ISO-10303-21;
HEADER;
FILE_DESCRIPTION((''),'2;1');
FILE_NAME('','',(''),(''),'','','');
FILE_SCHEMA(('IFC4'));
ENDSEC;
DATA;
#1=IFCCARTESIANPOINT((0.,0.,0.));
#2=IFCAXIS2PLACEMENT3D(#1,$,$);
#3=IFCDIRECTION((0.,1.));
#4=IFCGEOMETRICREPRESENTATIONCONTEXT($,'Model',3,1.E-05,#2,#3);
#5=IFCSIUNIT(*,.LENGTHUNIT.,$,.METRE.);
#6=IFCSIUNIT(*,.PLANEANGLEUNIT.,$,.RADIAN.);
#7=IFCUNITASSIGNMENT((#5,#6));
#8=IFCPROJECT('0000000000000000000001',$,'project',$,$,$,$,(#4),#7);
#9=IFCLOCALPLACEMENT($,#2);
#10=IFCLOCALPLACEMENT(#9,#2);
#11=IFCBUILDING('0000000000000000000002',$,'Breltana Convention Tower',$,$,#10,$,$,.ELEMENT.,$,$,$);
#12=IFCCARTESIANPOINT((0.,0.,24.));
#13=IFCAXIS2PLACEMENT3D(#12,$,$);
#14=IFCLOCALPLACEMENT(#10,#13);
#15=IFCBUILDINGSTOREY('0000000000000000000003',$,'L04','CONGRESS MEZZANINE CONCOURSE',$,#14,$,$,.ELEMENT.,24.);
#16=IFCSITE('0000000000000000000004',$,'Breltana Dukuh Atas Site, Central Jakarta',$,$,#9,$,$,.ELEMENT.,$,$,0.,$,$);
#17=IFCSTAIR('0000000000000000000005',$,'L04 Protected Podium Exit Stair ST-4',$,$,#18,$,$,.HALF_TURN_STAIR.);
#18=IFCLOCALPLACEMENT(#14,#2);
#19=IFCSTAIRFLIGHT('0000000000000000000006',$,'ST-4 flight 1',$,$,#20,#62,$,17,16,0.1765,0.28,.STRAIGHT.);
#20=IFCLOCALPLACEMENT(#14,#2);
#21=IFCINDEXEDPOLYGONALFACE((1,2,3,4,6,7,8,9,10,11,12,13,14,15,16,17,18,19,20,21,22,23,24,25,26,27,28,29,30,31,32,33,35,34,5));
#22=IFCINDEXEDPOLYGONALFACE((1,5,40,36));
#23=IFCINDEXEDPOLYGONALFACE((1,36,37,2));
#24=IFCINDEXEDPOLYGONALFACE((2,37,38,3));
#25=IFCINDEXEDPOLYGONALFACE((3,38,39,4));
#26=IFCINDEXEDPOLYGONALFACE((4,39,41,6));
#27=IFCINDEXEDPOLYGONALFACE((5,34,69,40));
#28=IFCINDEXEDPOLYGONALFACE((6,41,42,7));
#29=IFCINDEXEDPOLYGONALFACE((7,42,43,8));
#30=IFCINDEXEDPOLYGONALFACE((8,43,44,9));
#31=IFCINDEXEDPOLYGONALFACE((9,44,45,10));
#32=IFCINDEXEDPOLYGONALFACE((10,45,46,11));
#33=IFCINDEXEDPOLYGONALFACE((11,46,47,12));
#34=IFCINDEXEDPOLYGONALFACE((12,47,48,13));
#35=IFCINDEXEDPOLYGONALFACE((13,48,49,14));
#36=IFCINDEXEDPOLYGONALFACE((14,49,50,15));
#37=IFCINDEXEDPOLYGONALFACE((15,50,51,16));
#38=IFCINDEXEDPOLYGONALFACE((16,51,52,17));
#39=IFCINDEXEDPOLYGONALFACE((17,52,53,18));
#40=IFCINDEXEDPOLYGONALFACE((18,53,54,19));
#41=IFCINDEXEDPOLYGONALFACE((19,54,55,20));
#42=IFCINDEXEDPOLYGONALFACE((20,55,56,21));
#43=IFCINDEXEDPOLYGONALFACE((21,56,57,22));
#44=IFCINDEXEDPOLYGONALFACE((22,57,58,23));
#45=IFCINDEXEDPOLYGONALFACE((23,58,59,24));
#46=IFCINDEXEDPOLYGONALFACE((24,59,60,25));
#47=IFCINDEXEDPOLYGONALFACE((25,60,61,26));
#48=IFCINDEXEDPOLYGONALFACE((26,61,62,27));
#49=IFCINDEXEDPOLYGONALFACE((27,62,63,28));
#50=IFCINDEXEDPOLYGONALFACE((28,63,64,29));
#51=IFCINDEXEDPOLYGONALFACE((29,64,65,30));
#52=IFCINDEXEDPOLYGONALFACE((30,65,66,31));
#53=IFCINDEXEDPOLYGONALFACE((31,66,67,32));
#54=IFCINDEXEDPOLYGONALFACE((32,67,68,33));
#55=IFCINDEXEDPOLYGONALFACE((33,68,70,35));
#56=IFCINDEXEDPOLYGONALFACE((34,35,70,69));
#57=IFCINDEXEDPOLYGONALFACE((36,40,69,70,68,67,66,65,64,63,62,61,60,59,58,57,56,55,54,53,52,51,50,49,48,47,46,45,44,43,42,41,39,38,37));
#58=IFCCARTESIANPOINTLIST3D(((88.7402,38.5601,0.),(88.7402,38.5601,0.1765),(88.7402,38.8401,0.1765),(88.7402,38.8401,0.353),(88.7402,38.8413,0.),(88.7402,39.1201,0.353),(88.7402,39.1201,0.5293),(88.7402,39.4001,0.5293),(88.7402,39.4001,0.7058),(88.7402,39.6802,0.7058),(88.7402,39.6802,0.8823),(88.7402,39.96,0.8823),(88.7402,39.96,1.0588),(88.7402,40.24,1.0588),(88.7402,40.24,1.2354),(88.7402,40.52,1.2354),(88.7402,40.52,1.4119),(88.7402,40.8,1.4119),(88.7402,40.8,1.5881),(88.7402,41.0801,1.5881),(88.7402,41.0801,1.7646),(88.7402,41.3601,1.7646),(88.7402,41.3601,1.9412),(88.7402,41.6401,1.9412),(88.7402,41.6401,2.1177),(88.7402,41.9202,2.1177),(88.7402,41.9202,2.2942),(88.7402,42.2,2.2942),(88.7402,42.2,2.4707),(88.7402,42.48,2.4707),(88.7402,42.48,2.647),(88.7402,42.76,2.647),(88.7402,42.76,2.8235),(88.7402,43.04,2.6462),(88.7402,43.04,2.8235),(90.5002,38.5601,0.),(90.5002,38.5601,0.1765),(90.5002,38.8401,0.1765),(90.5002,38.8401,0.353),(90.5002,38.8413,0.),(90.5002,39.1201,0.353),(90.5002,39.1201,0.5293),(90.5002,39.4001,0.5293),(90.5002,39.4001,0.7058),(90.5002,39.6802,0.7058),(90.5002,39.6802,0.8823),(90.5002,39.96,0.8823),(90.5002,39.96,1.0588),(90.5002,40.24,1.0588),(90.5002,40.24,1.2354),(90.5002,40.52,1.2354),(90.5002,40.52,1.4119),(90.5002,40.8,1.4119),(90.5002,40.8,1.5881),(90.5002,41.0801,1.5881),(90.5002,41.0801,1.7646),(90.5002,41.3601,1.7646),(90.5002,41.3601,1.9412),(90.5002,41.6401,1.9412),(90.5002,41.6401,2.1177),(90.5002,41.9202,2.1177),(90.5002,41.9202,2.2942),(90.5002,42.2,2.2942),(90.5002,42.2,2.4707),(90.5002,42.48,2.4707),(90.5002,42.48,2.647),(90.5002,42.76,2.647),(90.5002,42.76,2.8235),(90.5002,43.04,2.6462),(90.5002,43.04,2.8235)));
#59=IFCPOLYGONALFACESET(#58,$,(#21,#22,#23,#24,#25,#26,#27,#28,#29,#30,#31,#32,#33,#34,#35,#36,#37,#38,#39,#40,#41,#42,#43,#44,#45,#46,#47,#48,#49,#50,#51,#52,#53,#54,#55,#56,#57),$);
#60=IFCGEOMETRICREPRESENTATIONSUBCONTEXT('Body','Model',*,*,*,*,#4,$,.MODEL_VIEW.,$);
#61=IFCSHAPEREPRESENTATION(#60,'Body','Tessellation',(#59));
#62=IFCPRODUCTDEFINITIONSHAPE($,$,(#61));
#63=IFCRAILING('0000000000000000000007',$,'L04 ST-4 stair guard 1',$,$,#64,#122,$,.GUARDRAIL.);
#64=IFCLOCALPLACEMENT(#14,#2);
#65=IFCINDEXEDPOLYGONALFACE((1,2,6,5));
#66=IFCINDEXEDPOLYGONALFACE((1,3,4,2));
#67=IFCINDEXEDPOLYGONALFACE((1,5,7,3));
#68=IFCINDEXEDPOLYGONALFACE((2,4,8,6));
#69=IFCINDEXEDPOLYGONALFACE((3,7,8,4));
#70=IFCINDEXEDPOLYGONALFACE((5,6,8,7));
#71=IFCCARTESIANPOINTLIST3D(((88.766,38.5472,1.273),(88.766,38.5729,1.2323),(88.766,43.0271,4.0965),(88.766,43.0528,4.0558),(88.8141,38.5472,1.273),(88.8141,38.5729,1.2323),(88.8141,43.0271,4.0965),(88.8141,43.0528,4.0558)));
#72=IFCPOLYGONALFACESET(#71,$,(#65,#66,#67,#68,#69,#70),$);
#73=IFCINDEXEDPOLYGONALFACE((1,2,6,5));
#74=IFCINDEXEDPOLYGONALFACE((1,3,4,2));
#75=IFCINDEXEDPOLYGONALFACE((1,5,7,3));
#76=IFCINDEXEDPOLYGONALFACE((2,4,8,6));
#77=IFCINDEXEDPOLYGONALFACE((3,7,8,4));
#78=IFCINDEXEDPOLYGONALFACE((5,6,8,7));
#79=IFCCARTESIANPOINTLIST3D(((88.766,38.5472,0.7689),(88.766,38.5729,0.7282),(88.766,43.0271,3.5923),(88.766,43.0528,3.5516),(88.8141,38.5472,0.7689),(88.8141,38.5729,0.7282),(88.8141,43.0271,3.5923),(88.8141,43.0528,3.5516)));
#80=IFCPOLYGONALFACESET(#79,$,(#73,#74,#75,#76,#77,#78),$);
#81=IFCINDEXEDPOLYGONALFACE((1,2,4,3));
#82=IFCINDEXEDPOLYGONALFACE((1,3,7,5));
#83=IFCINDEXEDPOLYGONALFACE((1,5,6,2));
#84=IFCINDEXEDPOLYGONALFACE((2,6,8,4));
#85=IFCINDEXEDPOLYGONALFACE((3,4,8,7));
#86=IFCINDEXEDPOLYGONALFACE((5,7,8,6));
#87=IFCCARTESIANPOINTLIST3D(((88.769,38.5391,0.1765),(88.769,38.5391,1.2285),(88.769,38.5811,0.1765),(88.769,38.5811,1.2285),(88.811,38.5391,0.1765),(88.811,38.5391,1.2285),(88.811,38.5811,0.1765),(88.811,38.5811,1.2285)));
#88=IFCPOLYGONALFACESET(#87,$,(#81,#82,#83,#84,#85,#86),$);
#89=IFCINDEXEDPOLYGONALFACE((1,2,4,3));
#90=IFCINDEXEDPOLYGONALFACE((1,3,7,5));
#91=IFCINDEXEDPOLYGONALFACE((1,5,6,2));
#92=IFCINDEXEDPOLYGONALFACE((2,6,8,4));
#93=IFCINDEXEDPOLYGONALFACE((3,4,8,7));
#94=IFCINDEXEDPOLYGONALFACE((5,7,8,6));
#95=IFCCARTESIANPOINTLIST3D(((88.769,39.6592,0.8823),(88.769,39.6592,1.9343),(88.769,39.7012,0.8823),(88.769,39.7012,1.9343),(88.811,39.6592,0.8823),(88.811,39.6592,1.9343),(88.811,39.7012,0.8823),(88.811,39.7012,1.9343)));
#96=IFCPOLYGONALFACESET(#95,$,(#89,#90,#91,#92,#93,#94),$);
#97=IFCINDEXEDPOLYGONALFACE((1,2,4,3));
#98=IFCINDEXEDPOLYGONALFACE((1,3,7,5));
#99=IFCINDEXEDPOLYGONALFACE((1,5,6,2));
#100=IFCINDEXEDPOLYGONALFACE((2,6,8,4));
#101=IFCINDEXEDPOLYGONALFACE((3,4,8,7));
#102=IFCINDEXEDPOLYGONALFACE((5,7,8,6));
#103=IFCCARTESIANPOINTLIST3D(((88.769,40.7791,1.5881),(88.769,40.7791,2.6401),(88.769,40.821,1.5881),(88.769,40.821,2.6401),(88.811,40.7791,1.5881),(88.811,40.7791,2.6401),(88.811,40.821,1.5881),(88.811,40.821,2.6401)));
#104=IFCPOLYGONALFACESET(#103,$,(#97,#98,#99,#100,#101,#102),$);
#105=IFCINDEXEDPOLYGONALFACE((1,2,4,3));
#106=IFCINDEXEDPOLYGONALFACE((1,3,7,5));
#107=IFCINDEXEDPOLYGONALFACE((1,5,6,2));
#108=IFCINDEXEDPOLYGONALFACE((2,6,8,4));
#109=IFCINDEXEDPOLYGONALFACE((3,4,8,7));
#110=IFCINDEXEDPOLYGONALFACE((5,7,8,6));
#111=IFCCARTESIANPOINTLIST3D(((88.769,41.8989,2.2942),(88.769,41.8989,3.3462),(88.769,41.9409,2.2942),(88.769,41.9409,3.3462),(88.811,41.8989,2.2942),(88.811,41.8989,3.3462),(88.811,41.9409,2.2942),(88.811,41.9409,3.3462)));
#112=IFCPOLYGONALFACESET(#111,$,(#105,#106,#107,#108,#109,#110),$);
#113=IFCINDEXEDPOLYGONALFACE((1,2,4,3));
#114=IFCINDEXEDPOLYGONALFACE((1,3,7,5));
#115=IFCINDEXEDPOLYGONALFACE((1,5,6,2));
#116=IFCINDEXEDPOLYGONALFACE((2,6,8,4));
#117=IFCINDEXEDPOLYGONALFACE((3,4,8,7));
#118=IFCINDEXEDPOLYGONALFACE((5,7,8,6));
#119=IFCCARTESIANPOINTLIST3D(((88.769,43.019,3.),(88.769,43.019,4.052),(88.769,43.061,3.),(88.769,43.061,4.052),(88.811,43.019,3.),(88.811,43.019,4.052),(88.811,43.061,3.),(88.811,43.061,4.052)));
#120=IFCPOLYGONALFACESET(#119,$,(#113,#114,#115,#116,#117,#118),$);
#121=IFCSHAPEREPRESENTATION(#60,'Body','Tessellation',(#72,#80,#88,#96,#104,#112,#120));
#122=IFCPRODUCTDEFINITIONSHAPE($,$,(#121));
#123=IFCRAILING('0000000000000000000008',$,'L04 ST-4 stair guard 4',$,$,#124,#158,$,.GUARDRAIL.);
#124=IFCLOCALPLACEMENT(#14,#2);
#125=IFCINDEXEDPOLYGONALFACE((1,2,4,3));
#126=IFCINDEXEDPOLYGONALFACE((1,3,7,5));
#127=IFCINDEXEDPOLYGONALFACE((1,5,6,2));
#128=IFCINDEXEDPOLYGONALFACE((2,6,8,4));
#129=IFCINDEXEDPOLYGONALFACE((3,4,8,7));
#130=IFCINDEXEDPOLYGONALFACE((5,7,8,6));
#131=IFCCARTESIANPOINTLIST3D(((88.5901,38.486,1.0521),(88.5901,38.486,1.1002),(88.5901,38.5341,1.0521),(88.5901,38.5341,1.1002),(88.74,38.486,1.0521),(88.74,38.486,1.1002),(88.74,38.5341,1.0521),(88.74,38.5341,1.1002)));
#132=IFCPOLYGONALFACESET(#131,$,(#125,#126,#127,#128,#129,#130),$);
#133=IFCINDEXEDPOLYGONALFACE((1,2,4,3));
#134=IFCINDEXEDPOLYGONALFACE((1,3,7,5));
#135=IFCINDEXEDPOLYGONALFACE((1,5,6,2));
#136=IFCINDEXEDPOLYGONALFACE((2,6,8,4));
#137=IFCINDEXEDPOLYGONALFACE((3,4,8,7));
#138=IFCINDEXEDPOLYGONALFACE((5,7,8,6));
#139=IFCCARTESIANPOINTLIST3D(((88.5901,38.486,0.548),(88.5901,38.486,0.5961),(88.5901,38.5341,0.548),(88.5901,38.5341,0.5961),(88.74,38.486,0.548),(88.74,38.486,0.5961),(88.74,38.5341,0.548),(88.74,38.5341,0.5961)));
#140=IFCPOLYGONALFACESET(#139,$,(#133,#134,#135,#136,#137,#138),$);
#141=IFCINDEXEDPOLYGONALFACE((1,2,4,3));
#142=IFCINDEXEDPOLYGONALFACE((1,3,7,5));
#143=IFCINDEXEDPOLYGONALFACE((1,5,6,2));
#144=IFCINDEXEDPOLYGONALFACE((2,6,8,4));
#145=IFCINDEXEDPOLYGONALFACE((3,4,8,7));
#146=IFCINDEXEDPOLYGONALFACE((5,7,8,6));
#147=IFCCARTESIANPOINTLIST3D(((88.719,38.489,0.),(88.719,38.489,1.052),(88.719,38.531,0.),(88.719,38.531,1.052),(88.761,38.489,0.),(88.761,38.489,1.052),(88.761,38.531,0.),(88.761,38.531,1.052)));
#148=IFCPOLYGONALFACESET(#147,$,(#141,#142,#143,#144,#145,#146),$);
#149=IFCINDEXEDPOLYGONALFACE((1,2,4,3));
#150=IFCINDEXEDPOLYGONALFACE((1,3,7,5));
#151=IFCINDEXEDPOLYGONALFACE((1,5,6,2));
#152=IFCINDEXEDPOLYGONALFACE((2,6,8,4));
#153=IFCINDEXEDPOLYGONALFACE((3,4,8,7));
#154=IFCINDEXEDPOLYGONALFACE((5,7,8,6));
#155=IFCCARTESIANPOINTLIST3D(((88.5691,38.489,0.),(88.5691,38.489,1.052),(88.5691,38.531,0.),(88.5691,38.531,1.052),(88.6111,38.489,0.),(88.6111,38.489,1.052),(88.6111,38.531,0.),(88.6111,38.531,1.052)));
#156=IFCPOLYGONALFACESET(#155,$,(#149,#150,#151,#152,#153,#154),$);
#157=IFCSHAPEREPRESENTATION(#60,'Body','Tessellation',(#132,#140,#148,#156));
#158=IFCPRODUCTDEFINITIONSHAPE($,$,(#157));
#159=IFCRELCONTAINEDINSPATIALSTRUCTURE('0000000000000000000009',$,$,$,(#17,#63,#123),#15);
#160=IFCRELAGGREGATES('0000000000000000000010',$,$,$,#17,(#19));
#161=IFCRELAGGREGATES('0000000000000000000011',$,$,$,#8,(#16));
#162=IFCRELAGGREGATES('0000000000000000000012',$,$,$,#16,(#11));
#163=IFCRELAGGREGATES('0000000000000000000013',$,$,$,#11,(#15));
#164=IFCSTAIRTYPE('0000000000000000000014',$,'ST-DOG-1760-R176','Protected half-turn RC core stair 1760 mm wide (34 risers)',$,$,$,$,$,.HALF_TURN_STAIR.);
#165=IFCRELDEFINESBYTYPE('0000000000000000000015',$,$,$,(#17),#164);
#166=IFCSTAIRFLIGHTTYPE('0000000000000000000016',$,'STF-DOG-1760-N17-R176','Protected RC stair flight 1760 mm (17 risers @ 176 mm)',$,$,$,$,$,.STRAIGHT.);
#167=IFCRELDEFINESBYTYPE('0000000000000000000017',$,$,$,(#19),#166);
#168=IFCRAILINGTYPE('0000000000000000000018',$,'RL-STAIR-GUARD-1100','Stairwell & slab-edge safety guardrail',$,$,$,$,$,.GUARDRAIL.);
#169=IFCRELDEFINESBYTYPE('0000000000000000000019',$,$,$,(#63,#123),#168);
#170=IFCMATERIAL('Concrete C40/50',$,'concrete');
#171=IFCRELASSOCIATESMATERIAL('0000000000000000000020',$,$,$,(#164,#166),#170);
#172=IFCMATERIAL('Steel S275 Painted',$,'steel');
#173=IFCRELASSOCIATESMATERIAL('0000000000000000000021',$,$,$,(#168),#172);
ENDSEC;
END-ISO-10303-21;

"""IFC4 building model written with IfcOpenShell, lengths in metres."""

from ifc_helpers import new_model, si_unit, direction, frame, origin, origin_2d, place, context, subcontext, project, spatial, polyline, rectangle, outline, extrude, material, type_object, element, aggregate, save


model = new_model("IFC4")

# Units and contexts
model_context = context("Model", 3, precision=1e-05, world=origin(), true_north=direction((0.0, 1.0)))
body_context = subcontext(model_context, "Body", "Model", "MODEL_VIEW")
ifc_project = project(units=[si_unit("LENGTHUNIT", "METRE"), si_unit("PLANEANGLEUNIT", "RADIAN")], contexts=[model_context])

# Site, building, storey
site_placement = place(None, origin())
site = spatial("IfcSite", under=ifc_project, at=site_placement, Name="Breltana Dukuh Atas Site, Central Jakarta", CompositionType="ELEMENT", RefElevation=0.0)
building_placement = place(site_placement, origin())
building = spatial("IfcBuilding", under=site, at=building_placement, Name="Breltana Convention Tower", CompositionType="ELEMENT")
storey_placement = place(building_placement, frame((0.0, 0.0, 24.0)))
storey = spatial("IfcBuildingStorey", under=building, at=storey_placement, Name="L04", Description="CONGRESS MEZZANINE CONCOURSE", CompositionType="ELEMENT", Elevation=24.0)

# Shared definitions
ifc_material_1 = material(Name="Concrete C40/50", Category="concrete")

# Stair, stair flight
stair_type = type_object("IfcStairType", Name="ST-DOG-1760-R176", Description="Protected half-turn RC core stair 1760 mm wide (34 risers)", PredefinedType="HALF_TURN_STAIR", material=ifc_material_1)
stair_placement = place(storey_placement, origin())
stair = element("IfcStair", 1, at=stair_placement, inside=storey, type_object=stair_type, Name="L04 Protected Podium Exit Stair ST-4", PredefinedType="HALF_TURN_STAIR")
stair_flight_type = type_object("IfcStairFlightType", Name="STF-DOG-1760-N17-R176", Description="Protected RC stair flight 1760 mm (17 risers @ 176 mm)", PredefinedType="STRAIGHT", material=ifc_material_1)
stair_flight_placement = place(storey_placement, frame((89.6201, 38.5601, 0.0), z_axis=(0.0, 0.0, 1.0), x_axis=(0.0, 1.0, 0.0)))
stair_flight = element("IfcStairFlight", 2, at=stair_flight_placement, type_object=stair_flight_type, Name="ST-4 flight 1", NumberOfRisers=17, NumberOfTreads=16, PredefinedType="STRAIGHT", RiserHeight=0.1765, TreadLength=0.28, context=body_context, shape_type="SweptSolid", body=[
    extrude(outline(polyline([(0.0, 0.0), (0.0, 0.1765), (0.28, 0.1765), (0.28, 0.353), (0.5601, 0.353), (0.5601, 0.5293), (0.8401, 0.5293), (0.8401, 0.7058), (1.1201, 0.7058), (1.1201, 0.8823), (1.3999, 0.8823), (1.3999, 1.0588), (1.6799, 1.0588), (1.6799, 1.2354), (1.96, 1.2354), (1.96, 1.4119), (2.24, 1.4119), (2.24, 1.5881), (2.52, 1.5881), (2.52, 1.7646), (2.8, 1.7646), (2.8, 1.9412), (3.0801, 1.9412), (3.0801, 2.1177), (3.3601, 2.1177), (3.3601, 2.2942), (3.6399, 2.2942), (3.6399, 2.4707), (3.9199, 2.4707), (3.9199, 2.647), (4.2, 2.647), (4.2, 2.8235), (4.48, 2.8235), (4.48, 3.0), (4.48, 2.6462), (0.2812, 0.0), (0.0, 0.0)])), frame((0.0, 0.8799, 0.0), z_axis=(0.0, -1.0, 0.0), x_axis=(1.0, 0.0, 0.0)), (0.0, 0.0, 1.0), 1.76),
])
aggregate(stair, [stair_flight])

# Railings
ifc_material_2 = material(Name="Steel S275 Painted", Category="steel")
railing_type = type_object("IfcRailingType", Name="RL-STAIR-GUARD-1100", Description="Stairwell & slab-edge safety guardrail", PredefinedType="GUARDRAIL", material=ifc_material_2)
railing_1_placement = place(storey_placement, frame((88.79, 38.5601, 0.1765)))
element("IfcRailing", 3, at=railing_1_placement, inside=storey, type_object=railing_type, Name="L04 ST-4 stair guard 1", PredefinedType="GUARDRAIL", context=body_context, shape_type="SweptSolid", body=[
    extrude(rectangle(XDim=0.0481, YDim=0.0481, at=origin_2d()), frame((0.0, 0.0, 1.0762), z_axis=(0.0, 0.845998, 0.533186), x_axis=(-1.0, 0.0, 0.0)), (0.0, 0.0, 1.0), 5.2954),
    extrude(rectangle(XDim=0.0481, YDim=0.0481, at=origin_2d()), frame((0.0, 0.0, 0.572), z_axis=(0.0, 0.845998, 0.533186), x_axis=(-1.0, 0.0, 0.0)), (0.0, 0.0, 1.0), 5.2954),
    extrude(rectangle(XDim=0.042, YDim=0.042, at=origin_2d()), origin(), (0.0, 0.0, 1.0), 1.052),
    extrude(rectangle(XDim=0.042, YDim=0.042, at=origin_2d()), frame((0.0, 1.1201, 0.7058)), (0.0, 0.0, 1.0), 1.052),
    extrude(rectangle(XDim=0.042, YDim=0.042, at=origin_2d()), frame((0.0, 2.24, 1.4116)), (0.0, 0.0, 1.0), 1.052),
    extrude(rectangle(XDim=0.042, YDim=0.042, at=origin_2d()), frame((0.0, 3.3599, 2.1177)), (0.0, 0.0, 1.0), 1.052),
    extrude(rectangle(XDim=0.042, YDim=0.042, at=origin_2d()), frame((0.0, 4.48, 2.8235)), (0.0, 0.0, 1.0), 1.052),
])
railing_2_placement = place(storey_placement, frame((88.74, 38.51, 0.0)))
element("IfcRailing", 4, at=railing_2_placement, inside=storey, type_object=railing_type, Name="L04 ST-4 stair guard 4", PredefinedType="GUARDRAIL", context=body_context, shape_type="SweptSolid", body=[
    extrude(rectangle(XDim=0.0481, YDim=0.0481, at=origin_2d()), frame((0.0, 0.0, 1.0762), z_axis=(-1.0, 0.0, 0.0), x_axis=(0.0, -1.0, 0.0)), (0.0, 0.0, 1.0), 0.1499),
    extrude(rectangle(XDim=0.0481, YDim=0.0481, at=origin_2d()), frame((0.0, 0.0, 0.572), z_axis=(-1.0, 0.0, 0.0), x_axis=(0.0, -1.0, 0.0)), (0.0, 0.0, 1.0), 0.1499),
    extrude(rectangle(XDim=0.042, YDim=0.042, at=origin_2d()), origin(), (0.0, 0.0, 1.0), 1.052),
    extrude(rectangle(XDim=0.042, YDim=0.042, at=origin_2d()), frame((-0.1499, 0.0, 0.0)), (0.0, 0.0, 1.0), 1.052),
])

save(model, "model.ifc")
